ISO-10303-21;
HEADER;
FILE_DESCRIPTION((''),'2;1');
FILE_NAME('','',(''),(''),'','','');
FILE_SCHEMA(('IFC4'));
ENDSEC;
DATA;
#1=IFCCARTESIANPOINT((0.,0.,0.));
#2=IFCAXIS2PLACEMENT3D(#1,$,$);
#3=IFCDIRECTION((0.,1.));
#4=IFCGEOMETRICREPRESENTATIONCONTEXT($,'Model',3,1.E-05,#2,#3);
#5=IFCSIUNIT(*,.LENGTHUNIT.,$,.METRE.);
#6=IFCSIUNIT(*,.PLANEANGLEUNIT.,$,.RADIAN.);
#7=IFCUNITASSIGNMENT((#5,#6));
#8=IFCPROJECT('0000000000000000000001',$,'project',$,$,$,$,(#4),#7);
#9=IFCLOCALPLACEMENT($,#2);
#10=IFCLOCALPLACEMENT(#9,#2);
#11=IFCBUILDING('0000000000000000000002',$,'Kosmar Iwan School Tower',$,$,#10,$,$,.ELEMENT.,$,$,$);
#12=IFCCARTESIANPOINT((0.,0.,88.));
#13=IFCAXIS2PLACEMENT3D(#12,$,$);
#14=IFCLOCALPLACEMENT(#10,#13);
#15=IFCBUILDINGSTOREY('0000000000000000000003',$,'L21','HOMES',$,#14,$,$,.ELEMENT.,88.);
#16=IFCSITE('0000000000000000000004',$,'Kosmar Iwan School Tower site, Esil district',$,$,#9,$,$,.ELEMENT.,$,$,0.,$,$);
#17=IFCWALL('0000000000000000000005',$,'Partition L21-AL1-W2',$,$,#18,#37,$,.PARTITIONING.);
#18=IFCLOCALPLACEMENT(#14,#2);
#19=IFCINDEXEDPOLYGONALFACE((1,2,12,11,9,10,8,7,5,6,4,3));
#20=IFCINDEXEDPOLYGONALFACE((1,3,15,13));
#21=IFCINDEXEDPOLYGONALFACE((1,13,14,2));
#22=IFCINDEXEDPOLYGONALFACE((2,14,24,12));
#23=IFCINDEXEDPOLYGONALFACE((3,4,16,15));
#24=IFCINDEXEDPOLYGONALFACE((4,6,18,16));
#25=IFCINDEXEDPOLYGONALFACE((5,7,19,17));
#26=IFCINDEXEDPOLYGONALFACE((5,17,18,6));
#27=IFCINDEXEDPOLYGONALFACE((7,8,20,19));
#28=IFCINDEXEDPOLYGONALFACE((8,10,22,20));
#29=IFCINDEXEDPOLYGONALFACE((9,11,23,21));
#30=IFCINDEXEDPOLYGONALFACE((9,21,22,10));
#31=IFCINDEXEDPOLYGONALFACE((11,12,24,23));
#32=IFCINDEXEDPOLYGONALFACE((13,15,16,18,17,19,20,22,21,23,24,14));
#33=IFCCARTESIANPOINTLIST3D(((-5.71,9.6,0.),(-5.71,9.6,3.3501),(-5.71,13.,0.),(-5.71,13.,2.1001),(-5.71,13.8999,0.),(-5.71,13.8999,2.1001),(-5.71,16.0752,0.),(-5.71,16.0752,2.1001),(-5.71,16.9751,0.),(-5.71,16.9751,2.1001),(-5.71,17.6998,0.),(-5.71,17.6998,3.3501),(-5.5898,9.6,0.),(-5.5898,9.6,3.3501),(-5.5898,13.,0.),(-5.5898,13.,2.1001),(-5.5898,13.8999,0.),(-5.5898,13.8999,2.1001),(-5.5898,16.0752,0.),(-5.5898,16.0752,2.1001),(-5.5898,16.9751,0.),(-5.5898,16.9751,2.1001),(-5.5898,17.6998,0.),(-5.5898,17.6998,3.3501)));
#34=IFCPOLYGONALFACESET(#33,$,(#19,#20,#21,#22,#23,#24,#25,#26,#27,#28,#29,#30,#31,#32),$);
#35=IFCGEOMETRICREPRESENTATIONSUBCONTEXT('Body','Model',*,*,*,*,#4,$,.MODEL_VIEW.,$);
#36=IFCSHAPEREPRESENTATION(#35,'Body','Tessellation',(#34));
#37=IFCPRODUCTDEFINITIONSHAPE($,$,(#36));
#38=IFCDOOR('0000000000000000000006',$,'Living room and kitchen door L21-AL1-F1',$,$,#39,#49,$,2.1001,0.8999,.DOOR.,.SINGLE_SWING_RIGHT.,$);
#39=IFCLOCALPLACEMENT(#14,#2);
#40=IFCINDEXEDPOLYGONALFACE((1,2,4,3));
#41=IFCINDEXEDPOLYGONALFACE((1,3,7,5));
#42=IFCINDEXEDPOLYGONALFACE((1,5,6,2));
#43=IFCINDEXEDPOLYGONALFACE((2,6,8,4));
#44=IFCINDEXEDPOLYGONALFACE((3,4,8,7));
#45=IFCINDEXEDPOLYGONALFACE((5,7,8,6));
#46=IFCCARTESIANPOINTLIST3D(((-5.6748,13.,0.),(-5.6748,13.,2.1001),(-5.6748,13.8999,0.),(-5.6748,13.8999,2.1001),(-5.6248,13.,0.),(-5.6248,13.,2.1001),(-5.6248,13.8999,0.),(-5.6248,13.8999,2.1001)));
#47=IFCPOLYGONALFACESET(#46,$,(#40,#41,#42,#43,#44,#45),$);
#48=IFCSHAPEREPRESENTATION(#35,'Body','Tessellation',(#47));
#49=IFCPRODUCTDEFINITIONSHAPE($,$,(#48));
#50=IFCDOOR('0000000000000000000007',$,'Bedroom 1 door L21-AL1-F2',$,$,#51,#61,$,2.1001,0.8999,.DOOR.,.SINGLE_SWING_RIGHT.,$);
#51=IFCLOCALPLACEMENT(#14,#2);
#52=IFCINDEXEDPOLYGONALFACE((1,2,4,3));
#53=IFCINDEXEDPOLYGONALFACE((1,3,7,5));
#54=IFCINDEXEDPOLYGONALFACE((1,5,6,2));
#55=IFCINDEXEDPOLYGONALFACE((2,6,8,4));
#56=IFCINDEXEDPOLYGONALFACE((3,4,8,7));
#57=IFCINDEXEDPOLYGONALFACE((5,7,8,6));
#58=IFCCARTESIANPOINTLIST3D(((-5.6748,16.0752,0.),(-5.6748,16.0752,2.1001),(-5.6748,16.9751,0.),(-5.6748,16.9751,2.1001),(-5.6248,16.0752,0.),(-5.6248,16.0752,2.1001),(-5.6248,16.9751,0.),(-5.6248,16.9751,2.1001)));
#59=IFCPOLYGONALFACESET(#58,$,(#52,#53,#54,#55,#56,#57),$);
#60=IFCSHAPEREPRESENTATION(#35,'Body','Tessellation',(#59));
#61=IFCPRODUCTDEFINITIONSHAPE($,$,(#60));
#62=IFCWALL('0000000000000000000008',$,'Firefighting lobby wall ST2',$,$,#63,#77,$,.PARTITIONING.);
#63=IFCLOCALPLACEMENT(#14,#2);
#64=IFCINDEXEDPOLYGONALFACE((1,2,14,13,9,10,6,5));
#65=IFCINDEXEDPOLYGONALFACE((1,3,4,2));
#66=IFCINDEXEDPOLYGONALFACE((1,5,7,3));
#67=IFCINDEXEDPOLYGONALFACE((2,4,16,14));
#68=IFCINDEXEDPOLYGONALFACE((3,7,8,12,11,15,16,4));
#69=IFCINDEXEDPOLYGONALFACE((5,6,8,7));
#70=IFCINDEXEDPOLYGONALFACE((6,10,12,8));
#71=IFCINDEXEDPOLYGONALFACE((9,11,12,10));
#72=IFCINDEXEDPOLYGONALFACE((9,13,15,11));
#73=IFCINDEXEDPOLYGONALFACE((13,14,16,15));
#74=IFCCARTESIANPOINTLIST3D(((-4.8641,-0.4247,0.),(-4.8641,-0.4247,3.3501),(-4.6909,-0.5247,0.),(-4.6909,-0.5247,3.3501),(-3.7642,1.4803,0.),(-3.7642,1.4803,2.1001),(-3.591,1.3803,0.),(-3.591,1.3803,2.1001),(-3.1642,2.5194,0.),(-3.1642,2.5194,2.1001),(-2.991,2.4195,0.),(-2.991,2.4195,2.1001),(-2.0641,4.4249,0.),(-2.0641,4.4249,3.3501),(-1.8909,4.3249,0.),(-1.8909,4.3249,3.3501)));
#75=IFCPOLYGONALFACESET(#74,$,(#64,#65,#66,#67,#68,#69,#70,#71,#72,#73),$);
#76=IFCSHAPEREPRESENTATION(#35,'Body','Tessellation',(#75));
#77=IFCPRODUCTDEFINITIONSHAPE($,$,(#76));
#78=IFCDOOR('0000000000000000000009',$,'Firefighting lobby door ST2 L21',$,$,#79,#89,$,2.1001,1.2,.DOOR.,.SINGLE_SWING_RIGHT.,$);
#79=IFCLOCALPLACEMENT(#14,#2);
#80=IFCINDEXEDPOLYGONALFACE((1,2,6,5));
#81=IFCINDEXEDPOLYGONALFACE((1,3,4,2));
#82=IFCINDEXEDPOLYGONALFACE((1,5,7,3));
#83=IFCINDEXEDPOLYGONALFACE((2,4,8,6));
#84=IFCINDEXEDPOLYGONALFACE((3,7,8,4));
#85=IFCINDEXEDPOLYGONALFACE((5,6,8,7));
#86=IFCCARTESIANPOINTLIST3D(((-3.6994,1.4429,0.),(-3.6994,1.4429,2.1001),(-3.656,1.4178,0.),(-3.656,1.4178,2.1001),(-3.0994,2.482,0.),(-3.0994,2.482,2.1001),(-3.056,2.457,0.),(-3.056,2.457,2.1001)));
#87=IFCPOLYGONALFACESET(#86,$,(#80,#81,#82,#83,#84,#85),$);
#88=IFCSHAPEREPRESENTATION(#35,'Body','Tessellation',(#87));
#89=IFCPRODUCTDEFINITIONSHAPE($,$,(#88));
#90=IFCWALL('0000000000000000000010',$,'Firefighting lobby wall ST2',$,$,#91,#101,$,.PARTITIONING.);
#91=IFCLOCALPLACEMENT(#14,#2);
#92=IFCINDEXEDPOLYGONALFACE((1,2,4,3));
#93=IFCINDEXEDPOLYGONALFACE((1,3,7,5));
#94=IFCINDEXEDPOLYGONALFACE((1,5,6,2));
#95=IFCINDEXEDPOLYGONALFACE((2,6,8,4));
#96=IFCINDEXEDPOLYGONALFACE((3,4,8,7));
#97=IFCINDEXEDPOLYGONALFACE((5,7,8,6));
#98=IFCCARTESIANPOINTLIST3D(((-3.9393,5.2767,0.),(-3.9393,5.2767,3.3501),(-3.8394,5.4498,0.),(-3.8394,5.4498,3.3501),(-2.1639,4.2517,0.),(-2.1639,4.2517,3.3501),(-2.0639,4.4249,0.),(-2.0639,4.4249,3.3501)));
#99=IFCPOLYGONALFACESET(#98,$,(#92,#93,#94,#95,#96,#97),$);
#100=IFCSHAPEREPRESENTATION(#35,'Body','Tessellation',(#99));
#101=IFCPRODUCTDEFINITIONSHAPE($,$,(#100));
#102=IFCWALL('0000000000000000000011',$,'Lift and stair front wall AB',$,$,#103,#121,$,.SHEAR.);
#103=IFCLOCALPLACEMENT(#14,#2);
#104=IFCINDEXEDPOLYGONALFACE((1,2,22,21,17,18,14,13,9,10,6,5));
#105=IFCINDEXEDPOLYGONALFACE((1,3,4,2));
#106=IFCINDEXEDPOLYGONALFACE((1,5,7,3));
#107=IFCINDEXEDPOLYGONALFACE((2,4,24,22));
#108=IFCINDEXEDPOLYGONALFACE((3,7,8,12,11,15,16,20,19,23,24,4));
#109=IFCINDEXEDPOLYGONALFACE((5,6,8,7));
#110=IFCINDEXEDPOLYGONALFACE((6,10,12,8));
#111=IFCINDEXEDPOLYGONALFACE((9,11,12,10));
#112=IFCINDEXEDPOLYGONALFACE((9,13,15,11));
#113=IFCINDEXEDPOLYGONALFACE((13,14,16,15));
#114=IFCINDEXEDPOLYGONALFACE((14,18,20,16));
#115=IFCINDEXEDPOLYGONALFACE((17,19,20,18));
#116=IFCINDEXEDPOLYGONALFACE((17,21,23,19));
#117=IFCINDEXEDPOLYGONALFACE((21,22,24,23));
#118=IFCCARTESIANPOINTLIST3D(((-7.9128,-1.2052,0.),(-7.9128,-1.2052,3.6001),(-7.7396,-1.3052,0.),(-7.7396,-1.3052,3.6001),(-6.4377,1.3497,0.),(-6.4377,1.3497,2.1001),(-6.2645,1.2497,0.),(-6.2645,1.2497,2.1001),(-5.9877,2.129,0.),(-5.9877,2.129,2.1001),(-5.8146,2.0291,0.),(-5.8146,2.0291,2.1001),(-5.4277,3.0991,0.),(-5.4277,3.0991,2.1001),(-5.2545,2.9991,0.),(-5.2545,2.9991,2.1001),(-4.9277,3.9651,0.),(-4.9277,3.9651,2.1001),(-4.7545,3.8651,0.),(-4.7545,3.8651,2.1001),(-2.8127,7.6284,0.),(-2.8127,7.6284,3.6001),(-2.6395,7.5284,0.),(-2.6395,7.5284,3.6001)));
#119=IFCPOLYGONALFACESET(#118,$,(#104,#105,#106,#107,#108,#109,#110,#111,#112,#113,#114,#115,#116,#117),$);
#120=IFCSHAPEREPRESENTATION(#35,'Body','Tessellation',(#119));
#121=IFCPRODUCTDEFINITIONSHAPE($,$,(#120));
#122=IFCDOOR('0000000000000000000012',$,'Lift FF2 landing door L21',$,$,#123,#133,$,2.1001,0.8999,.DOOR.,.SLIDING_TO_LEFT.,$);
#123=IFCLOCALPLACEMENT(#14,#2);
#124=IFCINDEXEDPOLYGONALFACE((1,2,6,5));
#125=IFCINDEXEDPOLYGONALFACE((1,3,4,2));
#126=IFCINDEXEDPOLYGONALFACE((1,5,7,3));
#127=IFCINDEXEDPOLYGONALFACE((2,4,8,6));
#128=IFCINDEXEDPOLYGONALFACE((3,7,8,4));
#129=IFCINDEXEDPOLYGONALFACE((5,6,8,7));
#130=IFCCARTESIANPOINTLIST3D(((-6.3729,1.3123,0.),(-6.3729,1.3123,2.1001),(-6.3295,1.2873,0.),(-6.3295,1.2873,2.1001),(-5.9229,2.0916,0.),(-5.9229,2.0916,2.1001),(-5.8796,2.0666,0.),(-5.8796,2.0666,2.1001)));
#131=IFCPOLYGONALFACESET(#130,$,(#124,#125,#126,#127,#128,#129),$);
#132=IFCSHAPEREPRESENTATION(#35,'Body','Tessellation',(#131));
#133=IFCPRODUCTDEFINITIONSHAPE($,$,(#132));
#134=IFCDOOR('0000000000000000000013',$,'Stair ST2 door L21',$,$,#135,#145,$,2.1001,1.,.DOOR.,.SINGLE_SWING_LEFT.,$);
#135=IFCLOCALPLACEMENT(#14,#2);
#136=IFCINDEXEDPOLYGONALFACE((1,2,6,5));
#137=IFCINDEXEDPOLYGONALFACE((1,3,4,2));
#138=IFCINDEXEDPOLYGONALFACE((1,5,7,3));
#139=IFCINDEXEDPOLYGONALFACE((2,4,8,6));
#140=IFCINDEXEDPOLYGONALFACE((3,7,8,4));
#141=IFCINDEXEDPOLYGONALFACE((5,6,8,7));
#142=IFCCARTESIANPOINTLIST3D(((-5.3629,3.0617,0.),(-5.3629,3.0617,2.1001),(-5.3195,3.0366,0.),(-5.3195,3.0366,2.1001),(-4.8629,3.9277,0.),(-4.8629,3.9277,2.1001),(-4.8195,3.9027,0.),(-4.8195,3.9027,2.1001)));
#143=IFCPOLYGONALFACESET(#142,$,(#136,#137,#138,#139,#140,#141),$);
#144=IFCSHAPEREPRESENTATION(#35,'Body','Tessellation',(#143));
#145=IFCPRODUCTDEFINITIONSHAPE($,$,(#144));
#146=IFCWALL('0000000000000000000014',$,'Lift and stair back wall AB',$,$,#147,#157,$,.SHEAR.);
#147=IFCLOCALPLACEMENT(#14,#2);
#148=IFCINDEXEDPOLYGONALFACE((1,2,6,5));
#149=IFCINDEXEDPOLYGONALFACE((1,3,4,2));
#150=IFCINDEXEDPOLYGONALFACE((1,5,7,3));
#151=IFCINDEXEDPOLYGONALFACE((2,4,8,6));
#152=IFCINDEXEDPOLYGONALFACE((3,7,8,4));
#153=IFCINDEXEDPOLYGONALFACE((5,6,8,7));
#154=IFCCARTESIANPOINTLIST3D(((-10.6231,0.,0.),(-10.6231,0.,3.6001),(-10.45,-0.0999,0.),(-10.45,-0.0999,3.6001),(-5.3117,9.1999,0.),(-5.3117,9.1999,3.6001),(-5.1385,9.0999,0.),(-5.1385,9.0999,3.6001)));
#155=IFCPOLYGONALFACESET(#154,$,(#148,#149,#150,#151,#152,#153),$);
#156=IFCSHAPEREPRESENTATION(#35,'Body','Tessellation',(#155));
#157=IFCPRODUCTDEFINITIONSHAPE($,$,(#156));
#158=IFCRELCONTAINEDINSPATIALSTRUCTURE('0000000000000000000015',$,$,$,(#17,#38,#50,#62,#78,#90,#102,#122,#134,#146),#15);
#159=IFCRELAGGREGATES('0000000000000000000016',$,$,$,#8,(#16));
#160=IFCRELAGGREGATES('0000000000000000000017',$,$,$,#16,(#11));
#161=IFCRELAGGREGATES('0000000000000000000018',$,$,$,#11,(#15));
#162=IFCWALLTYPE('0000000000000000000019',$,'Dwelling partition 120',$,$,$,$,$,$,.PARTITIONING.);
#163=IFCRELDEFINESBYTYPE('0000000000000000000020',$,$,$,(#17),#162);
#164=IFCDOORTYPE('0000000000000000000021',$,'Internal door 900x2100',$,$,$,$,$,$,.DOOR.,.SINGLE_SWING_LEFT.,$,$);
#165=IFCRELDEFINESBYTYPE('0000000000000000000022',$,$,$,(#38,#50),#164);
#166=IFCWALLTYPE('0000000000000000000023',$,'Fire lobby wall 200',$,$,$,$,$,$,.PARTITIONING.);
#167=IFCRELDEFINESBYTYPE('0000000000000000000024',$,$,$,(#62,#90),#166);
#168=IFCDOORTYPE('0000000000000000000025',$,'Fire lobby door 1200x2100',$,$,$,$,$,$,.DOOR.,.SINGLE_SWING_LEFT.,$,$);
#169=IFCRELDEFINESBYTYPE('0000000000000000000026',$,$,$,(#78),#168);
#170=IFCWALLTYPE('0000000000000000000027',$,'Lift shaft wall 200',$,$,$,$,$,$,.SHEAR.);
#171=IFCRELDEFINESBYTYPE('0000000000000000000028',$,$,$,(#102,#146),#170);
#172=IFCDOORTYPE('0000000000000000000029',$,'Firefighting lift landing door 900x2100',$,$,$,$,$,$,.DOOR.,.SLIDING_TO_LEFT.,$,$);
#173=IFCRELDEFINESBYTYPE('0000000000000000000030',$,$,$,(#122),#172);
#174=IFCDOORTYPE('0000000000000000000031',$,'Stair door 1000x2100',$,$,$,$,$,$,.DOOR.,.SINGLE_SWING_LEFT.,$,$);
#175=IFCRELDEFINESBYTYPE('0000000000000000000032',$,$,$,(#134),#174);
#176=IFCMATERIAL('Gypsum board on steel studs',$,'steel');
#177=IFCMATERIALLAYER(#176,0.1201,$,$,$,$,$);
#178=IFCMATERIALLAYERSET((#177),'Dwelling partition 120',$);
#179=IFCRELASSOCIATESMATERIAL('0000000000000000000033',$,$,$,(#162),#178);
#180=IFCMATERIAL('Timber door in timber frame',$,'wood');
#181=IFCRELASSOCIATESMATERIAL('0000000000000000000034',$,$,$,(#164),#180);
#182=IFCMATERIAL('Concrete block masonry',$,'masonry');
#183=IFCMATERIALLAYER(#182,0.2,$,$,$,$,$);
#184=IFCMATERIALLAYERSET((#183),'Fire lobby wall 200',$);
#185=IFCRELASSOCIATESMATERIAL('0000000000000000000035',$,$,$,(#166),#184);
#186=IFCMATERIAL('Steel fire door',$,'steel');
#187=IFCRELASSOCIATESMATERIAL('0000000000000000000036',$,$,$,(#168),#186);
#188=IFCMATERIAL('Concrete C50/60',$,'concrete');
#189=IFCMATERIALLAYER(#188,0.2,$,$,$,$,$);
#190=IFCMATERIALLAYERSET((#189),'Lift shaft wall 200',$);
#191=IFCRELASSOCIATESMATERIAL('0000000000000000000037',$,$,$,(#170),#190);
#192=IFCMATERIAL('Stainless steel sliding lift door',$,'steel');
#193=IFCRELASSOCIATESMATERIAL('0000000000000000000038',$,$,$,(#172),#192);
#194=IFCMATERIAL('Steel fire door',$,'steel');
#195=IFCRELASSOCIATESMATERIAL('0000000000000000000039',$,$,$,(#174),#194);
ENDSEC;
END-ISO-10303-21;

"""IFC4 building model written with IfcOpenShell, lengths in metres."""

from ifc_helpers import new_model, si_unit, direction, frame, frame_2d, origin, place, context, subcontext, project, spatial, rectangle, extrude, material, layer, layer_set, type_object, element, fill, save


model = new_model("IFC4")

# Units and contexts
model_context = context("Model", 3, precision=1e-05, world=origin(), true_north=direction((0.0, 1.0)))
body_context = subcontext(model_context, "Body", "Model", "MODEL_VIEW")
ifc_project = project(units=[si_unit("LENGTHUNIT", "METRE"), si_unit("PLANEANGLEUNIT", "RADIAN")], contexts=[model_context])

# Site, building, storey
site_placement = place(None, origin())
site = spatial("IfcSite", under=ifc_project, at=site_placement, Name="Kosmar Iwan School Tower site, Esil district", CompositionType="ELEMENT", RefElevation=0.0)
building_placement = place(site_placement, origin())
building = spatial("IfcBuilding", under=site, at=building_placement, Name="Kosmar Iwan School Tower", CompositionType="ELEMENT")
storey_placement = place(building_placement, frame((0.0, 0.0, 88.0)))
storey = spatial("IfcBuildingStorey", under=building, at=storey_placement, Name="L21", Description="HOMES", CompositionType="ELEMENT", Elevation=88.0)

# Wall, openings, doors
ifc_material_1 = material(Name="Gypsum board on steel studs", Category="steel")
ifc_layer_1 = layer(ifc_material_1, 0.1201)
ifc_layer_set_1 = layer_set([ifc_layer_1], Name="Dwelling partition 120")
wall_type_1 = type_object("IfcWallType", Name="Dwelling partition 120", PredefinedType="PARTITIONING", material=ifc_layer_set_1)
ifc_material_2 = material(Name="Timber door in timber frame", Category="wood")
door_type_1 = type_object("IfcDoorType", Name="Internal door 900x2100", OperationType="SINGLE_SWING_LEFT", PredefinedType="DOOR", material=ifc_material_2)
wall_1_placement = place(storey_placement, frame((-5.6499, 9.6001, 0.0), z_axis=(0.0, 0.0, 1.0), x_axis=(0.0, 1.0, 0.0)))
wall_1 = element("IfcWall", 1, at=wall_1_placement, inside=storey, type_object=wall_type_1, Name="Partition L21-AL1-W2", PredefinedType="PARTITIONING", context=body_context, shape_type="SweptSolid", body=[
    extrude(rectangle(XDim=8.0999, YDim=0.1201, at=frame_2d((4.0498, 0.0))), origin(), (0.0, 0.0, 1.0), 3.3501),
])
opening_1_placement = place(wall_1_placement, frame((3.3999, 0.0, 0.0)))
opening_1 = element("IfcOpeningElement", 2, at=opening_1_placement, cuts=wall_1, PredefinedType="OPENING", context=body_context, shape_type="SweptSolid", body=[
    extrude(rectangle(XDim=0.8999, YDim=2.1001, at=frame_2d((0.45, 1.05))), frame((0.0, 0.072, 0.0), z_axis=(0.0, -1.0, 0.0), x_axis=(1.0, 0.0, 0.0)), (0.0, 0.0, 1.0), 0.144),
])
opening_2_placement = place(wall_1_placement, frame((6.4751, 0.0, 0.0)))
opening_2 = element("IfcOpeningElement", 3, at=opening_2_placement, cuts=wall_1, PredefinedType="OPENING", context=body_context, shape_type="SweptSolid", body=[
    extrude(rectangle(XDim=0.8999, YDim=2.1001, at=frame_2d((0.45, 1.05))), frame((0.0, 0.072, 0.0), z_axis=(0.0, -1.0, 0.0), x_axis=(1.0, 0.0, 0.0)), (0.0, 0.0, 1.0), 0.144),
])
door_1_placement = place(opening_1_placement, origin())
door_1 = element("IfcDoor", 4, at=door_1_placement, inside=storey, type_object=door_type_1, Name="Living room and kitchen door L21-AL1-F1", OperationType="SINGLE_SWING_RIGHT", OverallHeight=2.1001, OverallWidth=0.8999, PredefinedType="DOOR", context=body_context, shape_type="SweptSolid", body=[
    extrude(rectangle(XDim=0.8999, YDim=2.1001, at=frame_2d((0.45, 1.05))), frame((0.0, 0.0249, 0.0), z_axis=(0.0, -1.0, 0.0), x_axis=(1.0, 0.0, 0.0)), (0.0, 0.0, 1.0), 0.05),
])
fill(opening_1, door_1)
door_2_placement = place(opening_2_placement, origin())
door_2 = element("IfcDoor", 5, at=door_2_placement, inside=storey, type_object=door_type_1, Name="Bedroom 1 door L21-AL1-F2", OperationType="SINGLE_SWING_RIGHT", OverallHeight=2.1001, OverallWidth=0.8999, PredefinedType="DOOR", context=body_context, shape_type="SweptSolid", body=[
    extrude(rectangle(XDim=0.8999, YDim=2.1001, at=frame_2d((0.45, 1.05))), frame((0.0, 0.0249, 0.0), z_axis=(0.0, -1.0, 0.0), x_axis=(1.0, 0.0, 0.0)), (0.0, 0.0, 1.0), 0.05),
])
fill(opening_2, door_2)

# Wall, opening, door
ifc_material_3 = material(Name="Concrete block masonry", Category="masonry")
ifc_layer_2 = layer(ifc_material_3, 0.2)
ifc_layer_set_2 = layer_set([ifc_layer_2], Name="Fire lobby wall 200")
wall_type_2 = type_object("IfcWallType", Name="Fire lobby wall 200", PredefinedType="PARTITIONING", material=ifc_layer_set_2)
wall_2_placement = place(storey_placement, frame((-1.9775, 4.3748, 0.0), z_axis=(0.0, 0.0, 1.0), x_axis=(-0.500017, -0.866016, 0.0)))
wall_2 = element("IfcWall", 6, at=wall_2_placement, inside=storey, type_object=wall_type_2, Name="Firefighting lobby wall ST2", PredefinedType="PARTITIONING", context=body_context, shape_type="SweptSolid", body=[
    extrude(rectangle(XDim=5.5999, YDim=0.2, at=frame_2d((2.7998, 0.0))), origin(), (0.0, 0.0, 1.0), 3.3501),
])
opening_3_placement = place(wall_2_placement, frame((2.2, 0.0, 0.0)))
opening_3 = element("IfcOpeningElement", 7, at=opening_3_placement, cuts=wall_2, PredefinedType="OPENING", context=body_context, shape_type="SweptSolid", body=[
    extrude(rectangle(XDim=1.2, YDim=2.1001, at=frame_2d((0.6001, 1.05))), frame((0.0, 0.1121, 0.0), z_axis=(0.0, -1.0, 0.0), x_axis=(1.0, 0.0, 0.0)), (0.0, 0.0, 1.0), 0.2239),
])
ifc_material_4 = material(Name="Steel fire door", Category="steel")
door_type_2 = type_object("IfcDoorType", Name="Fire lobby door 1200x2100", OperationType="SINGLE_SWING_LEFT", PredefinedType="DOOR", material=ifc_material_4)
door_3_placement = place(opening_3_placement, origin())
door_3 = element("IfcDoor", 8, at=door_3_placement, inside=storey, type_object=door_type_2, Name="Firefighting lobby door ST2 L21", OperationType="SINGLE_SWING_RIGHT", OverallHeight=2.1001, OverallWidth=1.2, PredefinedType="DOOR", context=body_context, shape_type="SweptSolid", body=[
    extrude(rectangle(XDim=1.2, YDim=2.1001, at=frame_2d((0.6001, 1.05))), frame((0.0, 0.0249, 0.0), z_axis=(0.0, -1.0, 0.0), x_axis=(1.0, 0.0, 0.0)), (0.0, 0.0, 1.0), 0.05),
])
fill(opening_3, door_3)

# Wall
wall_3_placement = place(storey_placement, frame((-2.114, 4.3384, 0.0), z_axis=(0.0, 0.0, 1.0), x_axis=(-0.866051, 0.499956, 0.0)))
element("IfcWall", 9, at=wall_3_placement, inside=storey, type_object=wall_type_2, Name="Firefighting lobby wall ST2", PredefinedType="PARTITIONING", context=body_context, shape_type="SweptSolid", body=[
    extrude(rectangle(XDim=2.05, YDim=0.2, at=frame_2d((1.0249, 0.0))), origin(), (0.0, 0.0, 1.0), 3.3501),
])

# Wall, openings, doors
ifc_material_5 = material(Name="Concrete C50/60", Category="concrete")
ifc_layer_3 = layer(ifc_material_5, 0.2)
ifc_layer_set_3 = layer_set([ifc_layer_3], Name="Lift shaft wall 200")
wall_type_3 = type_object("IfcWallType", Name="Lift shaft wall 200", PredefinedType="SHEAR", material=ifc_layer_set_3)
wall_4_placement = place(storey_placement, frame((-2.7261, 7.5784, 0.0), z_axis=(0.0, 0.0, 1.0), x_axis=(-0.500006, -0.866022, 0.0)))
wall_4 = element("IfcWall", 10, at=wall_4_placement, inside=storey, type_object=wall_type_3, Name="Lift and stair front wall AB", PredefinedType="SHEAR", context=body_context, shape_type="SweptSolid", body=[
    extrude(rectangle(XDim=10.2002, YDim=0.2, at=frame_2d((5.1001, 0.0))), origin(), (0.0, 0.0, 1.0), 3.6001),
])
opening_4_placement = place(wall_4_placement, frame((6.3501, 0.0, 0.0)))
opening_4 = element("IfcOpeningElement", 11, at=opening_4_placement, cuts=wall_4, PredefinedType="OPENING", context=body_context, shape_type="SweptSolid", body=[
    extrude(rectangle(XDim=0.8999, YDim=2.1001, at=frame_2d((0.45, 1.05))), frame((0.0, 0.1121, 0.0), z_axis=(0.0, -1.0, 0.0), x_axis=(1.0, 0.0, 0.0)), (0.0, 0.0, 1.0), 0.2239),
])
opening_5_placement = place(wall_4_placement, frame((4.23, 0.0, 0.0)))
opening_5 = element("IfcOpeningElement", 12, at=opening_5_placement, cuts=wall_4, PredefinedType="OPENING", context=body_context, shape_type="SweptSolid", body=[
    extrude(rectangle(XDim=1.0, YDim=2.1001, at=frame_2d((0.5, 1.05))), frame((0.0, 0.1121, 0.0), z_axis=(0.0, -1.0, 0.0), x_axis=(1.0, 0.0, 0.0)), (0.0, 0.0, 1.0), 0.2239),
])
ifc_material_6 = material(Name="Stainless steel sliding lift door", Category="steel")
door_type_3 = type_object("IfcDoorType", Name="Firefighting lift landing door 900x2100", OperationType="SLIDING_TO_LEFT", PredefinedType="DOOR", material=ifc_material_6)
door_4_placement = place(opening_4_placement, origin())
door_4 = element("IfcDoor", 13, at=door_4_placement, inside=storey, type_object=door_type_3, Name="Lift FF2 landing door L21", OperationType="SLIDING_TO_LEFT", OverallHeight=2.1001, OverallWidth=0.8999, PredefinedType="DOOR", context=body_context, shape_type="SweptSolid", body=[
    extrude(rectangle(XDim=0.8999, YDim=2.1001, at=frame_2d((0.45, 1.05))), frame((0.0, 0.0249, 0.0), z_axis=(0.0, -1.0, 0.0), x_axis=(1.0, 0.0, 0.0)), (0.0, 0.0, 1.0), 0.05),
])
fill(opening_4, door_4)
ifc_material_7 = material(Name="Steel fire door", Category="steel")
door_type_4 = type_object("IfcDoorType", Name="Stair door 1000x2100", OperationType="SINGLE_SWING_LEFT", PredefinedType="DOOR", material=ifc_material_7)
door_5_placement = place(opening_5_placement, origin())
door_5 = element("IfcDoor", 14, at=door_5_placement, inside=storey, type_object=door_type_4, Name="Stair ST2 door L21", OperationType="SINGLE_SWING_LEFT", OverallHeight=2.1001, OverallWidth=1.0, PredefinedType="DOOR", context=body_context, shape_type="SweptSolid", body=[
    extrude(rectangle(XDim=1.0, YDim=2.1001, at=frame_2d((0.5, 1.05))), frame((0.0, 0.0249, 0.0), z_axis=(0.0, -1.0, 0.0), x_axis=(1.0, 0.0, 0.0)), (0.0, 0.0, 1.0), 0.05),
])
fill(opening_5, door_5)

# Wall
wall_5_placement = place(storey_placement, frame((-5.2251, 9.1499, 0.0), z_axis=(0.0, 0.0, 1.0), x_axis=(-0.499995, -0.866028, 0.0)))
element("IfcWall", 15, at=wall_5_placement, inside=storey, type_object=wall_type_3, Name="Lift and stair back wall AB", PredefinedType="SHEAR", context=body_context, shape_type="SweptSolid", body=[
    extrude(rectangle(XDim=10.623, YDim=0.2, at=frame_2d((5.3115, 0.0))), origin(), (0.0, 0.0, 1.0), 3.6001),
])

save(model, "model.ifc")
